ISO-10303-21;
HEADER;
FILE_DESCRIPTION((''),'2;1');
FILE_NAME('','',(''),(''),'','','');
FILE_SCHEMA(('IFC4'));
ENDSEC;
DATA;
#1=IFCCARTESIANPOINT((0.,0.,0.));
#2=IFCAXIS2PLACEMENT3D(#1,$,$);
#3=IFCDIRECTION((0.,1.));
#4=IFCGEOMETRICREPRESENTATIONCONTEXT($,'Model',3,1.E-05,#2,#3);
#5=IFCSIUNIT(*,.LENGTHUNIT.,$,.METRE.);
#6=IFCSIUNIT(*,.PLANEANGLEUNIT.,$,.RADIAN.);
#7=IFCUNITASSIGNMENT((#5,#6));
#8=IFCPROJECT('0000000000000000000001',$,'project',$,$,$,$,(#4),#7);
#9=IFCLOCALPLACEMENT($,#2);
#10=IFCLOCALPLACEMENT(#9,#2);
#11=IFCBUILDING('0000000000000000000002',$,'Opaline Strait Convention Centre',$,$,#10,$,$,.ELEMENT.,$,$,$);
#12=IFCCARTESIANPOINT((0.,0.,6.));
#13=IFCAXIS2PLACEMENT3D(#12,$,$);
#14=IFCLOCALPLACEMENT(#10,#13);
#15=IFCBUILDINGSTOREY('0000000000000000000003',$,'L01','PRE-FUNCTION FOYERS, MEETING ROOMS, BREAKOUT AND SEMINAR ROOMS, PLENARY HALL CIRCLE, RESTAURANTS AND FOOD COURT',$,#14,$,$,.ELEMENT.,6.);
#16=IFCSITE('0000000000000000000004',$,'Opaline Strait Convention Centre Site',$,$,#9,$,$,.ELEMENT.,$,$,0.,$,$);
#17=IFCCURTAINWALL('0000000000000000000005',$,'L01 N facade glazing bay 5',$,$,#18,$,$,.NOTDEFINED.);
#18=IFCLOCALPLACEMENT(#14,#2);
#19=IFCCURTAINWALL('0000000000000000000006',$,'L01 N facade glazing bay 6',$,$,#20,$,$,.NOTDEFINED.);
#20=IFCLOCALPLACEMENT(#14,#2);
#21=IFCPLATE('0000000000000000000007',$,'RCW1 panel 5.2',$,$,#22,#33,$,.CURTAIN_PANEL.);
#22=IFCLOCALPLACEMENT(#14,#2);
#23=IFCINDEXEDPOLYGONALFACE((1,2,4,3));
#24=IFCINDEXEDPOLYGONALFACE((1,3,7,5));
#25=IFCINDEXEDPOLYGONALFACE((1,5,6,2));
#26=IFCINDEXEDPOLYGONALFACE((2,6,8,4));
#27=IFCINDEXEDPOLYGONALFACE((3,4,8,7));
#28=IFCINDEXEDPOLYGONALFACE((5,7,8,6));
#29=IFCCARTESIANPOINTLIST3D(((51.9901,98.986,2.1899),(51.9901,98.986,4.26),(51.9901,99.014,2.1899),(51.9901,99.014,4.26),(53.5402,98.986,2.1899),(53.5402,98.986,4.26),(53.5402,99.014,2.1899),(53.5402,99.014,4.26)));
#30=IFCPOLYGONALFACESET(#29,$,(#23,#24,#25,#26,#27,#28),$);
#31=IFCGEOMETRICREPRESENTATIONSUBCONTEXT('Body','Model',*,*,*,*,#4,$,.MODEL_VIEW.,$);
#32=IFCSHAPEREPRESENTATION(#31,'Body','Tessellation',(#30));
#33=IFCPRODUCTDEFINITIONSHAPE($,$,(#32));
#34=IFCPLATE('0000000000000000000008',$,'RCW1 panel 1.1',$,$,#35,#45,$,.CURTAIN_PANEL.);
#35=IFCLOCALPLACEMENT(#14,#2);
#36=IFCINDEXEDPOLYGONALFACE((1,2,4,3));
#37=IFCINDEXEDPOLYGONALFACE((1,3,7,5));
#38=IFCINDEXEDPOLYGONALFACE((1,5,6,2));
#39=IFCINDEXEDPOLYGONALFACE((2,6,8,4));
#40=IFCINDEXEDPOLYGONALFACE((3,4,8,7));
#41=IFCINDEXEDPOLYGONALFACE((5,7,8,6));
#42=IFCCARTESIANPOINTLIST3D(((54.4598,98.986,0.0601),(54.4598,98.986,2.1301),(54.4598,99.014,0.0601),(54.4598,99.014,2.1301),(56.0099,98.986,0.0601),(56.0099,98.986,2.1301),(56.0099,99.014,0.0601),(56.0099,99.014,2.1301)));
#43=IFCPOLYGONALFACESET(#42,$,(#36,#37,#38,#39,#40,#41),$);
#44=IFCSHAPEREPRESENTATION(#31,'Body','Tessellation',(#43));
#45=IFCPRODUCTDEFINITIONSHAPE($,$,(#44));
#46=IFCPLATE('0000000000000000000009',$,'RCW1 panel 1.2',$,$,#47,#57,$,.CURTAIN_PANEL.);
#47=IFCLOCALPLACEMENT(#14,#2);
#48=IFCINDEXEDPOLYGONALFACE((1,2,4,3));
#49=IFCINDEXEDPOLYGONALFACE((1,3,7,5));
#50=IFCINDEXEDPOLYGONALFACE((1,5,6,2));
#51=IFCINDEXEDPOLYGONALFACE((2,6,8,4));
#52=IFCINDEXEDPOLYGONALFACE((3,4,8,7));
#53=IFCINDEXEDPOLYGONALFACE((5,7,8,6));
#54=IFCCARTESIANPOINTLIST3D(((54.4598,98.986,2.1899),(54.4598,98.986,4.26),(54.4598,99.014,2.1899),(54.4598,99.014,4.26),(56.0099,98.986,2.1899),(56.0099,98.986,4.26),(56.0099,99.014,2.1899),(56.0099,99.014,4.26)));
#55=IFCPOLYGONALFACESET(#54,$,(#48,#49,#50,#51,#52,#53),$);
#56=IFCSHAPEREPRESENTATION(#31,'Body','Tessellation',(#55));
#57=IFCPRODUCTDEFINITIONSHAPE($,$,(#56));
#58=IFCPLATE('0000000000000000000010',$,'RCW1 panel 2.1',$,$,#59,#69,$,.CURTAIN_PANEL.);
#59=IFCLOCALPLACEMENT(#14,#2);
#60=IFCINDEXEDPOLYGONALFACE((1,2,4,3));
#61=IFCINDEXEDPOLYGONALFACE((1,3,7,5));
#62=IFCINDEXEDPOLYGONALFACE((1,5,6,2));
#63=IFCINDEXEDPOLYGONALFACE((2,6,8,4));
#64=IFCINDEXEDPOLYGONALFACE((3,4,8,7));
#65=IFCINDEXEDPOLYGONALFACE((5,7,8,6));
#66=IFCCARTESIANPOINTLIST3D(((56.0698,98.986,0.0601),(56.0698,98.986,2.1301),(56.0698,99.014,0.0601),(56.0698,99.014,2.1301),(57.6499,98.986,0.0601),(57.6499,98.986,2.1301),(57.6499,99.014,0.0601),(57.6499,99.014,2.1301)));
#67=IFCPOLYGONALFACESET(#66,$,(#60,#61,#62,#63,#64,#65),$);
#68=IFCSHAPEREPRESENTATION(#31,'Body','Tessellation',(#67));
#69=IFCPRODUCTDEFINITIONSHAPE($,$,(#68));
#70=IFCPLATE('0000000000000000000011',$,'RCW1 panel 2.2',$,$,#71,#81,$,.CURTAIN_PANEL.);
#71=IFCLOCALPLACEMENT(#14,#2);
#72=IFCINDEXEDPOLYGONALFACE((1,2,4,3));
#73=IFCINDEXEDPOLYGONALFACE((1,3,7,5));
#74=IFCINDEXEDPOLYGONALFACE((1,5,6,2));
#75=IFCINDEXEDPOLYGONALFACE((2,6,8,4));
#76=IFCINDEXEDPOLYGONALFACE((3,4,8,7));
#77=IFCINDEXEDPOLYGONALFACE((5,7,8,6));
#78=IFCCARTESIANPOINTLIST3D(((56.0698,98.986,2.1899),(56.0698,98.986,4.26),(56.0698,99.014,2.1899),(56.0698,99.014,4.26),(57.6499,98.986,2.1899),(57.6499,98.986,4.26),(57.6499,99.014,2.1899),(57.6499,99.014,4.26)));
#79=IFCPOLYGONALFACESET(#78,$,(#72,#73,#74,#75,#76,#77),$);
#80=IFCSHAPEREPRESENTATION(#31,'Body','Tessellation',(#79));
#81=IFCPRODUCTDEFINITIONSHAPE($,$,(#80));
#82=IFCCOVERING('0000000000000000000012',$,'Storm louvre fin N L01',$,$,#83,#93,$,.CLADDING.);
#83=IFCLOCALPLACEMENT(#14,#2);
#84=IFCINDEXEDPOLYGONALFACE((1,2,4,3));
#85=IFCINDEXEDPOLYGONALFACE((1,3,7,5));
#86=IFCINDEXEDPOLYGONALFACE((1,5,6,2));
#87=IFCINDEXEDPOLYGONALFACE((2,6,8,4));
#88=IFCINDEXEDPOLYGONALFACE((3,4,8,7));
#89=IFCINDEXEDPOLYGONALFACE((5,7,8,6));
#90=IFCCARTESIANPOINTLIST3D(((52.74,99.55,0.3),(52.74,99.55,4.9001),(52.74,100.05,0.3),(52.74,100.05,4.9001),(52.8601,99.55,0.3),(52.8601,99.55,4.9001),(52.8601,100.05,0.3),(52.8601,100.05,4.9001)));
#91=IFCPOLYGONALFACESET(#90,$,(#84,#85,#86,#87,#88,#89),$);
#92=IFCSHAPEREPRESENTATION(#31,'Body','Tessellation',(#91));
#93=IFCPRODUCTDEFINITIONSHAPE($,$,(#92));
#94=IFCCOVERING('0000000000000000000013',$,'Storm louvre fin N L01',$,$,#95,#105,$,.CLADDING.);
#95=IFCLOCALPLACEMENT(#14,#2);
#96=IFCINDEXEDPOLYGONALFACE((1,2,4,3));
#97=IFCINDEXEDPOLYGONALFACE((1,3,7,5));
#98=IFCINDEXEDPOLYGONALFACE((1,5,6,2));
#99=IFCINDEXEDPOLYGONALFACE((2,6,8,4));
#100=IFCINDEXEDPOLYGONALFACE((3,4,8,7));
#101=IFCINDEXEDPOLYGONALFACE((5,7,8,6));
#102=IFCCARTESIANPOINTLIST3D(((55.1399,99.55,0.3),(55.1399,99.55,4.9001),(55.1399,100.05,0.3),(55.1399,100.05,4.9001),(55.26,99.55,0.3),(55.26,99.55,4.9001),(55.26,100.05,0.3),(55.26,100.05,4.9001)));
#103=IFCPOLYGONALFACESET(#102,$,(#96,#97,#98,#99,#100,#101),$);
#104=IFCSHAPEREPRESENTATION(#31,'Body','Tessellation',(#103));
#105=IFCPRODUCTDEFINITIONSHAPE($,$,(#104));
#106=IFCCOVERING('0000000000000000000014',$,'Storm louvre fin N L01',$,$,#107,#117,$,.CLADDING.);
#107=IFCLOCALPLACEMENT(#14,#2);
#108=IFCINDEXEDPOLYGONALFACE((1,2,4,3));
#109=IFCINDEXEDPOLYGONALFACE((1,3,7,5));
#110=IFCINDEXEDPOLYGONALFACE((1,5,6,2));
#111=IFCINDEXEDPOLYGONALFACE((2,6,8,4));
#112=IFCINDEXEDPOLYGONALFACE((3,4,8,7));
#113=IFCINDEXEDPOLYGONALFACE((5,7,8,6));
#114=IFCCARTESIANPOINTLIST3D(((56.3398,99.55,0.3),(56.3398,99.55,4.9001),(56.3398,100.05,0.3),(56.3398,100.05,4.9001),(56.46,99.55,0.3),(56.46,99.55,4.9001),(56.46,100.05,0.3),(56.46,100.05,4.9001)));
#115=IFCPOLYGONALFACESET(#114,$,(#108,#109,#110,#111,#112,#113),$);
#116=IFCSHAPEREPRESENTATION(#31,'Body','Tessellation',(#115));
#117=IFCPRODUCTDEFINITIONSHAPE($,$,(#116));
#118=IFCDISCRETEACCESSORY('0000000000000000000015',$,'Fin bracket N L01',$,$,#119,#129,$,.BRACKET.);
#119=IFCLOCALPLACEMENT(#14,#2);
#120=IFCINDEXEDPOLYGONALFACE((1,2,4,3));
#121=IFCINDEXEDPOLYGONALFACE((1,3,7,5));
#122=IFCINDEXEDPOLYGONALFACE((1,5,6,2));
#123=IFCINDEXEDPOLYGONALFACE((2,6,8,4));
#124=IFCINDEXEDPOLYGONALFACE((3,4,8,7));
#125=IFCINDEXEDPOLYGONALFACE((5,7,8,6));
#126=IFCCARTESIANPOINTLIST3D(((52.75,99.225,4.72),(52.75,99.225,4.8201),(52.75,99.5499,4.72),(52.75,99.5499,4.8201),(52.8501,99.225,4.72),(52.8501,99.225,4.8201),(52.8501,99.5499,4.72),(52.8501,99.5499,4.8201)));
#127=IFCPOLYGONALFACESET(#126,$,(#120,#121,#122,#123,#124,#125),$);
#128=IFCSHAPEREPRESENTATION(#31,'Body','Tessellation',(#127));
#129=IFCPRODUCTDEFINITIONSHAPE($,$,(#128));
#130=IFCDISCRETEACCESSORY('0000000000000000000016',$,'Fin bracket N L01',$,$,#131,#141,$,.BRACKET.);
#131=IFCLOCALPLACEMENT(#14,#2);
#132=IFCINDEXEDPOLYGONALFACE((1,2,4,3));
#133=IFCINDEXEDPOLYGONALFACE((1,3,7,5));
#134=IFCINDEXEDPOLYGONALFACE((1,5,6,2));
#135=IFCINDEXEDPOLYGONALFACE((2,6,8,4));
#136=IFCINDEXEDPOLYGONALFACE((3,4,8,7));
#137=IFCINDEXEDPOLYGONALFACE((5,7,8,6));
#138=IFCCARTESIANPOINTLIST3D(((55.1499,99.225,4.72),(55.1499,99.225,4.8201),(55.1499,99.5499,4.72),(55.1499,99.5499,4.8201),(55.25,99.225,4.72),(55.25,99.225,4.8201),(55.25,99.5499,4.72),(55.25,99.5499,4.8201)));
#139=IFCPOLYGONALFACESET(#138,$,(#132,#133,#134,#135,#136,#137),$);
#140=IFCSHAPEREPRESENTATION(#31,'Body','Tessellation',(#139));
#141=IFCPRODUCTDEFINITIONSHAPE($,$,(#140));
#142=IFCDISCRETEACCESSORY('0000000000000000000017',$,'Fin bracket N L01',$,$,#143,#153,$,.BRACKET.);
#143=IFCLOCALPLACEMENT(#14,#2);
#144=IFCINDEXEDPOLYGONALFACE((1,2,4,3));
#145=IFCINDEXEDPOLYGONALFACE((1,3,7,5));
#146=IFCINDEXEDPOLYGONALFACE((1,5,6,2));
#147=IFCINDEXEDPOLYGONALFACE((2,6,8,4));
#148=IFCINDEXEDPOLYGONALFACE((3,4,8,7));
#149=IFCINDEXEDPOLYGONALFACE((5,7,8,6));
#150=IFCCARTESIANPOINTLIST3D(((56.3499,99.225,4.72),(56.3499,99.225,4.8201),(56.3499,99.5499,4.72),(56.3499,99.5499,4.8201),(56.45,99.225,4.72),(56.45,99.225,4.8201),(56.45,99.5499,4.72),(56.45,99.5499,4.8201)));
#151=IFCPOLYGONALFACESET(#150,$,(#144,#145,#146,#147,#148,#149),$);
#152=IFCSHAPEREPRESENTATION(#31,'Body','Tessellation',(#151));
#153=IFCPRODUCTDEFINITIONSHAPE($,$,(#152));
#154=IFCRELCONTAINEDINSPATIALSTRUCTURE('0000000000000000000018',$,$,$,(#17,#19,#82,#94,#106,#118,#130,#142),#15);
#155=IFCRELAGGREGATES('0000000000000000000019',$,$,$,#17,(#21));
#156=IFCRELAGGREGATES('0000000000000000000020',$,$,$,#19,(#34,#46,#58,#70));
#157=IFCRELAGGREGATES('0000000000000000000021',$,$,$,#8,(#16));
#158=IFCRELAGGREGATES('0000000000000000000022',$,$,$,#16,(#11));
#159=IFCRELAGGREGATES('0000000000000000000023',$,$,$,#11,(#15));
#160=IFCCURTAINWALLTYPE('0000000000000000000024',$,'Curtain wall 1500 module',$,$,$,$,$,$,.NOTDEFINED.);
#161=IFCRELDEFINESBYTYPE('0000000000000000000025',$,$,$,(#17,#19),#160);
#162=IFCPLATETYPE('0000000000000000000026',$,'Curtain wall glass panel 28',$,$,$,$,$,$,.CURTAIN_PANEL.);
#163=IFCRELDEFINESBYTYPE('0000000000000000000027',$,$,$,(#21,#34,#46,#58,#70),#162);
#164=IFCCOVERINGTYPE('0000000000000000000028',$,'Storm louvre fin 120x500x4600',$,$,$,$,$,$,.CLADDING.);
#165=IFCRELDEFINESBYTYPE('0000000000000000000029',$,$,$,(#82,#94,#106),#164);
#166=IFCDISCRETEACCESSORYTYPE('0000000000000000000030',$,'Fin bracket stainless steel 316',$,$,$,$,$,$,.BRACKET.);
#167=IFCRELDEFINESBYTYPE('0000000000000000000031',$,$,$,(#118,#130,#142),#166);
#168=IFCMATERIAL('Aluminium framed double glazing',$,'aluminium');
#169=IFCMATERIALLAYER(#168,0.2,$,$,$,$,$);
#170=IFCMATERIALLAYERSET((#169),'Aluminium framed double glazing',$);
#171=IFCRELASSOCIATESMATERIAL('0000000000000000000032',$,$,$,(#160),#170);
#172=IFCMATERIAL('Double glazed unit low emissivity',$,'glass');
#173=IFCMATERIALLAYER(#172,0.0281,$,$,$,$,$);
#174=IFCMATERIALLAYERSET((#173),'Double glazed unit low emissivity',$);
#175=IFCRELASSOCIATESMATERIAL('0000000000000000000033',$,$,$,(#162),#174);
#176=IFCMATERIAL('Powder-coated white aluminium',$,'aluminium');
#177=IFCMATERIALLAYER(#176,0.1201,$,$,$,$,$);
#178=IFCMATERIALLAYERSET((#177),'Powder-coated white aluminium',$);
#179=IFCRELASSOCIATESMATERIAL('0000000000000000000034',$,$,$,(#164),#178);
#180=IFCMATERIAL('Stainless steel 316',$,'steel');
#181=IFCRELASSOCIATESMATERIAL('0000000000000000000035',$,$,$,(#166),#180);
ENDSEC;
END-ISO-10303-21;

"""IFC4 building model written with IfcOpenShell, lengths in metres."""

from ifc_helpers import new_model, si_unit, direction, frame, origin, origin_2d, place, context, subcontext, project, spatial, rectangle, extrude, material, layer, layer_set, type_object, element, aggregate, save


model = new_model("IFC4")

# Units and contexts
model_context = context("Model", 3, precision=1e-05, world=origin(), true_north=direction((0.0, 1.0)))
body_context = subcontext(model_context, "Body", "Model", "MODEL_VIEW")
ifc_project = project(units=[si_unit("LENGTHUNIT", "METRE"), si_unit("PLANEANGLEUNIT", "RADIAN")], contexts=[model_context])

# Site, building, storey
site_placement = place(None, origin())
site = spatial("IfcSite", under=ifc_project, at=site_placement, Name="Opaline Strait Convention Centre Site", CompositionType="ELEMENT", RefElevation=0.0)
building_placement = place(site_placement, origin())
building = spatial("IfcBuilding", under=site, at=building_placement, Name="Opaline Strait Convention Centre", CompositionType="ELEMENT")
storey_placement = place(building_placement, frame((0.0, 0.0, 6.0)))
storey = spatial("IfcBuildingStorey", under=building, at=storey_placement, Name="L01", Description="PRE-FUNCTION FOYERS, MEETING ROOMS, BREAKOUT AND SEMINAR ROOMS, PLENARY HALL CIRCLE, RESTAURANTS AND FOOD COURT", CompositionType="ELEMENT", Elevation=6.0)

# Curtain wall
ifc_material_1 = material(Name="Aluminium framed double glazing", Category="aluminium")
ifc_layer_1 = layer(ifc_material_1, 0.2)
ifc_layer_set_1 = layer_set([ifc_layer_1], Name="Aluminium framed double glazing")
curtain_wall_type = type_object("IfcCurtainWallType", Name="Curtain wall 1500 module", PredefinedType="NOTDEFINED", material=ifc_layer_set_1)
curtain_wall_1_placement = place(storey_placement, origin())
curtain_wall_1 = element("IfcCurtainWall", 1, at=curtain_wall_1_placement, inside=storey, type_object=curtain_wall_type, Name="L01 N facade glazing bay 5", PredefinedType="NOTDEFINED")

# Curtain wall
curtain_wall_2_placement = place(storey_placement, origin())
curtain_wall_2 = element("IfcCurtainWall", 2, at=curtain_wall_2_placement, inside=storey, type_object=curtain_wall_type, Name="L01 N facade glazing bay 6", PredefinedType="NOTDEFINED")

# Plates
ifc_material_2 = material(Name="Double glazed unit low emissivity", Category="glass")
ifc_layer_2 = layer(ifc_material_2, 0.0281)
ifc_layer_set_2 = layer_set([ifc_layer_2], Name="Double glazed unit low emissivity")
plate_type = type_object("IfcPlateType", Name="Curtain wall glass panel 28", PredefinedType="CURTAIN_PANEL", material=ifc_layer_set_2)
plate_1_placement = place(storey_placement, frame((52.7651, 99.0, 2.1899), z_axis=(0.0, 0.0, 1.0), x_axis=(1.0, 0.0, 0.0)))
plate_1 = element("IfcPlate", 3, at=plate_1_placement, type_object=plate_type, Name="RCW1 panel 5.2", PredefinedType="CURTAIN_PANEL", context=body_context, shape_type="SweptSolid", body=[
    extrude(rectangle(XDim=1.55, YDim=0.0281, at=origin_2d()), origin(), (0.0, 0.0, 1.0), 2.0701),
])
aggregate(curtain_wall_1, [plate_1])
plate_2_placement = place(storey_placement, frame((55.2349, 99.0, 0.0601), z_axis=(0.0, 0.0, 1.0), x_axis=(1.0, 0.0, 0.0)))
plate_2 = element("IfcPlate", 4, at=plate_2_placement, type_object=plate_type, Name="RCW1 panel 1.1", PredefinedType="CURTAIN_PANEL", context=body_context, shape_type="SweptSolid", body=[
    extrude(rectangle(XDim=1.55, YDim=0.0281, at=origin_2d()), origin(), (0.0, 0.0, 1.0), 2.0701),
])
plate_3_placement = place(storey_placement, frame((55.2349, 99.0, 2.1899), z_axis=(0.0, 0.0, 1.0), x_axis=(1.0, 0.0, 0.0)))
plate_3 = element("IfcPlate", 5, at=plate_3_placement, type_object=plate_type, Name="RCW1 panel 1.2", PredefinedType="CURTAIN_PANEL", context=body_context, shape_type="SweptSolid", body=[
    extrude(rectangle(XDim=1.55, YDim=0.0281, at=origin_2d()), origin(), (0.0, 0.0, 1.0), 2.0701),
])
plate_4_placement = place(storey_placement, frame((56.8599, 99.0, 0.0601), z_axis=(0.0, 0.0, 1.0), x_axis=(1.0, 0.0, 0.0)))
plate_4 = element("IfcPlate", 6, at=plate_4_placement, type_object=plate_type, Name="RCW1 panel 2.1", PredefinedType="CURTAIN_PANEL", context=body_context, shape_type="SweptSolid", body=[
    extrude(rectangle(XDim=1.5801, YDim=0.0281, at=origin_2d()), origin(), (0.0, 0.0, 1.0), 2.0701),
])
plate_5_placement = place(storey_placement, frame((56.8599, 99.0, 2.1899), z_axis=(0.0, 0.0, 1.0), x_axis=(1.0, 0.0, 0.0)))
plate_5 = element("IfcPlate", 7, at=plate_5_placement, type_object=plate_type, Name="RCW1 panel 2.2", PredefinedType="CURTAIN_PANEL", context=body_context, shape_type="SweptSolid", body=[
    extrude(rectangle(XDim=1.5801, YDim=0.0281, at=origin_2d()), origin(), (0.0, 0.0, 1.0), 2.0701),
])
aggregate(curtain_wall_2, [plate_2, plate_3, plate_4, plate_5])

# Coverings
ifc_material_3 = material(Name="Powder-coated white aluminium", Category="aluminium")
ifc_layer_3 = layer(ifc_material_3, 0.1201)
ifc_layer_set_3 = layer_set([ifc_layer_3], Name="Powder-coated white aluminium")
covering_type = type_object("IfcCoveringType", Name="Storm louvre fin 120x500x4600", PredefinedType="CLADDING", material=ifc_layer_set_3)
for number, where, z_axis, x_axis, name in (
    (8, (52.8, 99.8, 0.3), (0.0, 0.0, 1.0), (1.0, 0.0, 0.0), "Storm louvre fin N L01"),
    (9, (55.2, 99.8, 0.3), (0.0, 0.0, 1.0), (1.0, 0.0, 0.0), "Storm louvre fin N L01"),
    (10, (56.3999, 99.8, 0.3), (0.0, 0.0, 1.0), (1.0, 0.0, 0.0), "Storm louvre fin N L01"),
):
    element("IfcCovering", number, at=place(storey_placement, frame(where, z_axis=z_axis, x_axis=x_axis)), inside=storey, type_object=covering_type, Name=name, PredefinedType="CLADDING", context=body_context, shape_type="SweptSolid", body=[
        extrude(rectangle(XDim=0.1201, YDim=0.5, at=origin_2d()), origin(), (0.0, 0.0, 1.0), 4.6001),
    ])

# Discrete accessories
ifc_material_4 = material(Name="Stainless steel 316", Category="steel")
discrete_accessory_type = type_object("IfcDiscreteAccessoryType", Name="Fin bracket stainless steel 316", PredefinedType="BRACKET", material=ifc_material_4)
for number, where, z_axis, x_axis, name in (
    (11, (52.8, 99.3875, 4.72), (0.0, 0.0, 1.0), (1.0, 0.0, 0.0), "Fin bracket N L01"),
    (12, (55.2, 99.3875, 4.72), (0.0, 0.0, 1.0), (1.0, 0.0, 0.0), "Fin bracket N L01"),
    (13, (56.3999, 99.3875, 4.72), (0.0, 0.0, 1.0), (1.0, 0.0, 0.0), "Fin bracket N L01"),
):
    element("IfcDiscreteAccessory", number, at=place(storey_placement, frame(where, z_axis=z_axis, x_axis=x_axis)), inside=storey, type_object=discrete_accessory_type, Name=name, PredefinedType="BRACKET", context=body_context, shape_type="SweptSolid", body=[
        extrude(rectangle(XDim=0.1001, YDim=0.325, at=origin_2d()), origin(), (0.0, 0.0, 1.0), 0.1001),
    ])

save(model, "model.ifc")
